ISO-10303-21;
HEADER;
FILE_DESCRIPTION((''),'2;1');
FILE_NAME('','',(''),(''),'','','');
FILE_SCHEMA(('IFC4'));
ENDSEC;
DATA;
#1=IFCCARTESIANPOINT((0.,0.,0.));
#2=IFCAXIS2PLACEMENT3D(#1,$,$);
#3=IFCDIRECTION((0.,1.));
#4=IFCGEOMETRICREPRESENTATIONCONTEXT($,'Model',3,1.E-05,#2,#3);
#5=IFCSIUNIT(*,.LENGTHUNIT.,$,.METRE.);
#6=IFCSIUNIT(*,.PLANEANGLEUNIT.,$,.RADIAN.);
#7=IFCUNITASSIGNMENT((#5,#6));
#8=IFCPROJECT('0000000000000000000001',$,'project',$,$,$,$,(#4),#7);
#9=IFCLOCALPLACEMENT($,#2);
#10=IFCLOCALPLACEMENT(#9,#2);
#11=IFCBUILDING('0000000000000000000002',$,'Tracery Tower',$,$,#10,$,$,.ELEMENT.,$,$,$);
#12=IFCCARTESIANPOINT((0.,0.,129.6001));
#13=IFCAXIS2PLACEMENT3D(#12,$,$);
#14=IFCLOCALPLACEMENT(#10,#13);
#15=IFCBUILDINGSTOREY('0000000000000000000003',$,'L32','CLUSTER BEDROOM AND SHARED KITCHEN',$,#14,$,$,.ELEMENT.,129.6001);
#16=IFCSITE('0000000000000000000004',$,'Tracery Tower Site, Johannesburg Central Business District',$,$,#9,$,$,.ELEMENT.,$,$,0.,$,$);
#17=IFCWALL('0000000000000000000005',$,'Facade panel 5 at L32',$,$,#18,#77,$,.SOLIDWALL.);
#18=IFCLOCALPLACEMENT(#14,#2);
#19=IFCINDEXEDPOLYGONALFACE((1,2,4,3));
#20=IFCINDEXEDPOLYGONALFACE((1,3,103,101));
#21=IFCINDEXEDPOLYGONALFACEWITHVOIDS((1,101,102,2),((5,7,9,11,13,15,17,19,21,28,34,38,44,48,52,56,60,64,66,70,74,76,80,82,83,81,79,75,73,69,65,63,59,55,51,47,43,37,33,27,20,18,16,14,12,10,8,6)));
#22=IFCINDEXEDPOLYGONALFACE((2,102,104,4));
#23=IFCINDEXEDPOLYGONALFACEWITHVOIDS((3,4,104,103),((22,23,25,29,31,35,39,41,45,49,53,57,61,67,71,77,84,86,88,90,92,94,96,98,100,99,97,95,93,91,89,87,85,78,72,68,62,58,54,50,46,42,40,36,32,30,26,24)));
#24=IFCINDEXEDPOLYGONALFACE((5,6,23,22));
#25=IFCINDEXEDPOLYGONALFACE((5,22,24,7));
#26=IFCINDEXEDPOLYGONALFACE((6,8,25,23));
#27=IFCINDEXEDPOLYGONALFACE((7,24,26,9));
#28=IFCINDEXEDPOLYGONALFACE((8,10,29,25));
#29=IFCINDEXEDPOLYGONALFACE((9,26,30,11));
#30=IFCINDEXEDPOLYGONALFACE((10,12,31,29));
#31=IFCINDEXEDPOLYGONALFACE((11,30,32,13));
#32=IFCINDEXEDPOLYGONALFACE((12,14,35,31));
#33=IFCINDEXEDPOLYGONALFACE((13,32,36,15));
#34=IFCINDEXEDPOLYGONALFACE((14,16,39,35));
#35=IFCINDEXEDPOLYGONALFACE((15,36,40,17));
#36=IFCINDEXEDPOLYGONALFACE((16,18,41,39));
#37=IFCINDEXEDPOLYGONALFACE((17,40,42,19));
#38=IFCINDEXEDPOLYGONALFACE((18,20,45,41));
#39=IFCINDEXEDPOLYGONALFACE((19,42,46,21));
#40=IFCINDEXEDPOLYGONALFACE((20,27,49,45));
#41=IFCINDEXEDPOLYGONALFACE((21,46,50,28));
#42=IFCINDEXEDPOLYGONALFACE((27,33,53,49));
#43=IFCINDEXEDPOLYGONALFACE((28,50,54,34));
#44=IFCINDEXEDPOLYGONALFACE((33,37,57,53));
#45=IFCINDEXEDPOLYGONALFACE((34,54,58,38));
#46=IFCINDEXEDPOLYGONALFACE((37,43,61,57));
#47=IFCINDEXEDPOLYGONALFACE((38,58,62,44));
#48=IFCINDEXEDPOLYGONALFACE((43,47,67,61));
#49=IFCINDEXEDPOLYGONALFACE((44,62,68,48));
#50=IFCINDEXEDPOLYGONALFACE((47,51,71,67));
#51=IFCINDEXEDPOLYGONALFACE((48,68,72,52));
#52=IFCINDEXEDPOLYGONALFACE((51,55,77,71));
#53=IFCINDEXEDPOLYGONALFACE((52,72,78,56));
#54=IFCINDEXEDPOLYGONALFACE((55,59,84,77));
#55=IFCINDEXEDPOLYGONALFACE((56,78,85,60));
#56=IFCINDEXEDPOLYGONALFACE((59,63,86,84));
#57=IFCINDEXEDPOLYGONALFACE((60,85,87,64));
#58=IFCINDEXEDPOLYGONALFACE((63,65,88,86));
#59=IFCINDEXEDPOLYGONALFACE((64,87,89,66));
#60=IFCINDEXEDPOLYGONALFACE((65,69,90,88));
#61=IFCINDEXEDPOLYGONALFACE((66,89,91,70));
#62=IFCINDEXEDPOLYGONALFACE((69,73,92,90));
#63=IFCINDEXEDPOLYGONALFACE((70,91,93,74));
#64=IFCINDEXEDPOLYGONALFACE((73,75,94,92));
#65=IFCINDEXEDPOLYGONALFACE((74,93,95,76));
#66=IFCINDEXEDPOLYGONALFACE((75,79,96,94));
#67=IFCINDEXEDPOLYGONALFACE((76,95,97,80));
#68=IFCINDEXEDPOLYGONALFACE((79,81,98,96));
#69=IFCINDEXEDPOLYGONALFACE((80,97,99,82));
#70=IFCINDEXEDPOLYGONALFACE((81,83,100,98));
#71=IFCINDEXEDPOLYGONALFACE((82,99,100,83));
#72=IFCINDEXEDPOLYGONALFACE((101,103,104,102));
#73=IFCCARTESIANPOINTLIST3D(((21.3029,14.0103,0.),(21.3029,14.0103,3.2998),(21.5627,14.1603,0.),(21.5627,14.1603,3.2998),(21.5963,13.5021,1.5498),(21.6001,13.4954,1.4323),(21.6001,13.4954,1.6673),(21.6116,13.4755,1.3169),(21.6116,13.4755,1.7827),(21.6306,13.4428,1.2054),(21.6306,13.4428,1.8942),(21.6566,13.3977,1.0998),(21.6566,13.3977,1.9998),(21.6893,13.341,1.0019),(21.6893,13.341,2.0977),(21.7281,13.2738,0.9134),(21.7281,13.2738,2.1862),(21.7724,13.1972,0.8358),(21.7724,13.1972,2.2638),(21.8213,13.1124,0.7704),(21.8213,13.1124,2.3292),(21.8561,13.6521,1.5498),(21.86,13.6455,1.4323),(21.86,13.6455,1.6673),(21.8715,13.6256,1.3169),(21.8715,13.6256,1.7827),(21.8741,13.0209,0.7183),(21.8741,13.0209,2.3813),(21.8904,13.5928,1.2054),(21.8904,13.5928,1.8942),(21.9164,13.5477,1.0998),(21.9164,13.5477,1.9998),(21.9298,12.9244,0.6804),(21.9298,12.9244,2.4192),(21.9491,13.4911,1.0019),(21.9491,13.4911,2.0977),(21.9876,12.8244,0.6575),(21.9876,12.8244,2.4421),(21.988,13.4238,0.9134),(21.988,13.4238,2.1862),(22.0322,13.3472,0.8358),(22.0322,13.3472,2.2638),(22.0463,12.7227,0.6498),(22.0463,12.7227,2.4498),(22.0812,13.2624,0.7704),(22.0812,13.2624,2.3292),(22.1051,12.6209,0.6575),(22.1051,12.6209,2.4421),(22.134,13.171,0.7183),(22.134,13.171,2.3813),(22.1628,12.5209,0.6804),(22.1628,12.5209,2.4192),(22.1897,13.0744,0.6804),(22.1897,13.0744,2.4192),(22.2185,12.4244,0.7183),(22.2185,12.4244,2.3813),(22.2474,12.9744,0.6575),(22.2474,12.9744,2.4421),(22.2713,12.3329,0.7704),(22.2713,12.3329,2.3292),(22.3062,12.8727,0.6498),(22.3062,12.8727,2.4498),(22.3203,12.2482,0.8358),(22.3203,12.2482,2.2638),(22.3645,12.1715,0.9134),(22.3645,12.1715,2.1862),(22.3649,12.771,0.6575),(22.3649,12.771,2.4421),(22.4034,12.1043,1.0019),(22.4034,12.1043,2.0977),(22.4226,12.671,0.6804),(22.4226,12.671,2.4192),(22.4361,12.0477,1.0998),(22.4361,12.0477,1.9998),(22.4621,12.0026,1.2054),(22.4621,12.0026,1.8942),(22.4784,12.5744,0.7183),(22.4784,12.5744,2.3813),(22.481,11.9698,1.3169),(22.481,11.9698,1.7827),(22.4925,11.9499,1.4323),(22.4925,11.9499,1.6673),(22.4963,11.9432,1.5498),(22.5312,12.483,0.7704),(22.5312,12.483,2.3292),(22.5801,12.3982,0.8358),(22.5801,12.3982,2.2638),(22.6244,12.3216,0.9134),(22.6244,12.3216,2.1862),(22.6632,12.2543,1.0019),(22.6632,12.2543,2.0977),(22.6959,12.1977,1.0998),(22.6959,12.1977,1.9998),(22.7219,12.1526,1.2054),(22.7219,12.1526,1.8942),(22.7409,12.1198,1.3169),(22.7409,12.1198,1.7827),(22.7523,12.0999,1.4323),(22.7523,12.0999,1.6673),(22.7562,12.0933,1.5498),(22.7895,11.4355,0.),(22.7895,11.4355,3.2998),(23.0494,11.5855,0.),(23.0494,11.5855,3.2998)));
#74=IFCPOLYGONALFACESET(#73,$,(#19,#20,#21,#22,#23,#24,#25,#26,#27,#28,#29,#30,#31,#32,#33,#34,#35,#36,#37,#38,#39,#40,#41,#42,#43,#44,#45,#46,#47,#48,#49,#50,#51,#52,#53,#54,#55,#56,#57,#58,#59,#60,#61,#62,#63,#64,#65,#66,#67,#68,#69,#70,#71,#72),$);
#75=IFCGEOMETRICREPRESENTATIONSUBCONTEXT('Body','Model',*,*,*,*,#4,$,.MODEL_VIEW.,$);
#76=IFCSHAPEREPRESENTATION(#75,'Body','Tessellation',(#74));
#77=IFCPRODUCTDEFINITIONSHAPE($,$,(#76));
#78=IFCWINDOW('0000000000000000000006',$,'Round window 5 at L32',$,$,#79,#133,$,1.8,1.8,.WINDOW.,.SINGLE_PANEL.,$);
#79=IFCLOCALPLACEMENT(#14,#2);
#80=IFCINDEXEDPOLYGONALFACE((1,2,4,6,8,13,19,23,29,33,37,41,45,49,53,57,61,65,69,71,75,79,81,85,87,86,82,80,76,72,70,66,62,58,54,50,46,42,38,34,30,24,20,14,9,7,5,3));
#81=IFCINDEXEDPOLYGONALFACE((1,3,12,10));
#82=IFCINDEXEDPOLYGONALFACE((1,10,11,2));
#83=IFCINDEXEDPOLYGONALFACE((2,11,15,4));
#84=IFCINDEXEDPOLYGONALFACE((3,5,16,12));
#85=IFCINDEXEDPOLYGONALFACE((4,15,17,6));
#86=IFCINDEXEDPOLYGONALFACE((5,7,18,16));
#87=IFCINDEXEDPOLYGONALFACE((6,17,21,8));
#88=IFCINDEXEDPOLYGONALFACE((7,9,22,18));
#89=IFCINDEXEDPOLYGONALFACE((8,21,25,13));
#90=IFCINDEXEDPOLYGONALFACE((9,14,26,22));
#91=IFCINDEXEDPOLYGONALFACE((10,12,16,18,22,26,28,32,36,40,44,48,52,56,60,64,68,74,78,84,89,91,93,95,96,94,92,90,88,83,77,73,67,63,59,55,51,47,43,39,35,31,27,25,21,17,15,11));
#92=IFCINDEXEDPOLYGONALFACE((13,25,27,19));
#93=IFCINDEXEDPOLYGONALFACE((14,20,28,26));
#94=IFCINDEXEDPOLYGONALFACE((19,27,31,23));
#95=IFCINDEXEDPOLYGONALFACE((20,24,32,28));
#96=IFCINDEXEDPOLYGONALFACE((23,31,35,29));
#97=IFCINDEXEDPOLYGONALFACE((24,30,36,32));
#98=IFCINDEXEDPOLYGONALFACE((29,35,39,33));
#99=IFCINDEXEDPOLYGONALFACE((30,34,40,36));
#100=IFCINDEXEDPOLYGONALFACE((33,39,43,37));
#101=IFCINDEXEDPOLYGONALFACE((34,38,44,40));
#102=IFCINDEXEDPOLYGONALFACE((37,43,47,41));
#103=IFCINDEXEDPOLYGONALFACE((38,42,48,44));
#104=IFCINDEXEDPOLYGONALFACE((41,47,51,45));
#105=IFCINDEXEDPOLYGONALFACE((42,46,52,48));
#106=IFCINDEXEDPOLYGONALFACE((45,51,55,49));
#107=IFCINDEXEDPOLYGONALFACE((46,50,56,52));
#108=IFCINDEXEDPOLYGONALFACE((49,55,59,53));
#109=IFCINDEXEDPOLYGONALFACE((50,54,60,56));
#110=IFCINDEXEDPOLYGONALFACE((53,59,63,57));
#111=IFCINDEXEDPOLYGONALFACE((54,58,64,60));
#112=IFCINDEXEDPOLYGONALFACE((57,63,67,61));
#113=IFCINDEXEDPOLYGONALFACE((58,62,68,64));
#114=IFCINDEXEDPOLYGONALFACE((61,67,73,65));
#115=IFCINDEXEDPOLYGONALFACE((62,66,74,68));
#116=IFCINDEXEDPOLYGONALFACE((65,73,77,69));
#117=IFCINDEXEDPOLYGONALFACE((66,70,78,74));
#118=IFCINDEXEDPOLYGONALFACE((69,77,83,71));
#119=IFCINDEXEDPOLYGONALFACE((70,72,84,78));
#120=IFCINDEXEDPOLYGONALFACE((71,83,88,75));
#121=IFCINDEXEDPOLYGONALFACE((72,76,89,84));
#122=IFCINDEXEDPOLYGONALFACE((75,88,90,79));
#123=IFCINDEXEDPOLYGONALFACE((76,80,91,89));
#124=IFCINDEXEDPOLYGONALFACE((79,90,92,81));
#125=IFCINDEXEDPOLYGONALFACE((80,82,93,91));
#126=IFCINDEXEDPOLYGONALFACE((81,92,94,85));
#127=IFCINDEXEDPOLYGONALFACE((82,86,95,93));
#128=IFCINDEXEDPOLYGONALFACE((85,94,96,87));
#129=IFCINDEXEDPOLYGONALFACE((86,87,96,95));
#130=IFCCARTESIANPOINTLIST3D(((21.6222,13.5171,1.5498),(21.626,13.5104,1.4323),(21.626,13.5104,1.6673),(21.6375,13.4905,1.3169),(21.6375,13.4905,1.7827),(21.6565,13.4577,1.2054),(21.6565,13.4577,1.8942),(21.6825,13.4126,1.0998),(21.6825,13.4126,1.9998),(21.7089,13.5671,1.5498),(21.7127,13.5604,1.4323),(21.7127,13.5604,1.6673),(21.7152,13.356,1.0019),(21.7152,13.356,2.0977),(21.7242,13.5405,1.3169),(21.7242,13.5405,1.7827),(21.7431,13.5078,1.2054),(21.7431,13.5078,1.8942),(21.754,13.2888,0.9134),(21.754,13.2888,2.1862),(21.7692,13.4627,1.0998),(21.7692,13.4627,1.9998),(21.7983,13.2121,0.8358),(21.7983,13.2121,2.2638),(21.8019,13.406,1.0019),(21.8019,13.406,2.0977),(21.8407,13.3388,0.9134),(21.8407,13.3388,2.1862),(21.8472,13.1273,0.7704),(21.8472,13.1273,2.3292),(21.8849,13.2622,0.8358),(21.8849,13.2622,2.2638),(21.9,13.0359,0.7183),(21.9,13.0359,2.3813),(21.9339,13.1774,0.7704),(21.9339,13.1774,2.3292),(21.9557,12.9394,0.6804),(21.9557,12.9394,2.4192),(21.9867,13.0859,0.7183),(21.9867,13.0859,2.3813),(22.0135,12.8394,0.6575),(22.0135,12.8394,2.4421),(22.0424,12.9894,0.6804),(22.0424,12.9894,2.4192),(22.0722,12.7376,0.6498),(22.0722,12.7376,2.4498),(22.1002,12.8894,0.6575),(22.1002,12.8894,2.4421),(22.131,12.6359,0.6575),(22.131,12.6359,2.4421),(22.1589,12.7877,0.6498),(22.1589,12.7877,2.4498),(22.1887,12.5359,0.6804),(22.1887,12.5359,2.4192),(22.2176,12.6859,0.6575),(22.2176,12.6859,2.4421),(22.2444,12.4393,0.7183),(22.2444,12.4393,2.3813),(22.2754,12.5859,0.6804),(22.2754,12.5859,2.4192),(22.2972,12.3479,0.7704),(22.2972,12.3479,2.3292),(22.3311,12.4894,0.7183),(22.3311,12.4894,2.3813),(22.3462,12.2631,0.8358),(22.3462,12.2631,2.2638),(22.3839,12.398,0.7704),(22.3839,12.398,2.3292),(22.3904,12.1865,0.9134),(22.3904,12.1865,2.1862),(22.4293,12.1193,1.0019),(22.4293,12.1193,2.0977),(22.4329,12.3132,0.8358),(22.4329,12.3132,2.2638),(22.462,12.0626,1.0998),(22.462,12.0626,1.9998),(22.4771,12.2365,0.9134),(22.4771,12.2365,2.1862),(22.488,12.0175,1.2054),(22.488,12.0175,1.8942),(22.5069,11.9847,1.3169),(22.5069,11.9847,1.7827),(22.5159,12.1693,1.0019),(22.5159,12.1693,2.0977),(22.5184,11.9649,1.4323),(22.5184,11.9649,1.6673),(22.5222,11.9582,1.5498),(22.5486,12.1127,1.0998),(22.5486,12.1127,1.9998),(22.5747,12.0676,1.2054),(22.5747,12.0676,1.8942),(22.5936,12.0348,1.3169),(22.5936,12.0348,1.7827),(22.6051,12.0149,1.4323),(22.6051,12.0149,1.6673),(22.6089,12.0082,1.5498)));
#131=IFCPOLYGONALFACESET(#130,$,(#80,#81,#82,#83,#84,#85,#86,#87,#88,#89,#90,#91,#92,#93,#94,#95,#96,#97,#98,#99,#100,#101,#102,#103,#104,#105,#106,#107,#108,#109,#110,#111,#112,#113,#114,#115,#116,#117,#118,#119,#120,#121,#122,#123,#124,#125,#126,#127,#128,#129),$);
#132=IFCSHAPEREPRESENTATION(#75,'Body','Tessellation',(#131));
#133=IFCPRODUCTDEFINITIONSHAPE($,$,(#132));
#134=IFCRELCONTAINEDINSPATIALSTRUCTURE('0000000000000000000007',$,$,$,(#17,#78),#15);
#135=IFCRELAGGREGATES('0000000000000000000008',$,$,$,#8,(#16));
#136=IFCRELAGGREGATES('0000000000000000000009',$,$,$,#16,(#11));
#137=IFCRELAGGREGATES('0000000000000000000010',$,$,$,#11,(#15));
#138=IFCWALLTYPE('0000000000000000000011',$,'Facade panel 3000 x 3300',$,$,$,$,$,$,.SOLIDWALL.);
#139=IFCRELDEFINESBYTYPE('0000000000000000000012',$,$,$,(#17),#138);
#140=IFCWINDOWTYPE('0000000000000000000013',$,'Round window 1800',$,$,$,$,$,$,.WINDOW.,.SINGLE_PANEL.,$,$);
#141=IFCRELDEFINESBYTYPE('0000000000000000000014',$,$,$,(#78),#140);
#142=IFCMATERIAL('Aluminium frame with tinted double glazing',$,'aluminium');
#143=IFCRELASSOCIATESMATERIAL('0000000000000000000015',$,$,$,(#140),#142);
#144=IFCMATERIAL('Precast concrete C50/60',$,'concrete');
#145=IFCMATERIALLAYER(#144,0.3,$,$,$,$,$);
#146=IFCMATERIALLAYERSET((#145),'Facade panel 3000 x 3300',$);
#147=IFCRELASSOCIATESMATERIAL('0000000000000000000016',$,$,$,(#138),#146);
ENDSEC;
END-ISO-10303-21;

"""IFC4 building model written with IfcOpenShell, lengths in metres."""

from ifc_helpers import new_model, si_unit, direction, frame, frame_2d, origin, origin_2d, place, context, subcontext, project, spatial, rectangle, circle, extrude, material, layer, layer_set, type_object, element, fill, save


model = new_model("IFC4")

# Units and contexts
model_context = context("Model", 3, precision=1e-05, world=origin(), true_north=direction((0.0, 1.0)))
body_context = subcontext(model_context, "Body", "Model", "MODEL_VIEW")
ifc_project = project(units=[si_unit("LENGTHUNIT", "METRE"), si_unit("PLANEANGLEUNIT", "RADIAN")], contexts=[model_context])

# Site, building, storey
site_placement = place(None, origin())
site = spatial("IfcSite", under=ifc_project, at=site_placement, Name="Tracery Tower Site, Johannesburg Central Business District", CompositionType="ELEMENT", RefElevation=0.0)
building_placement = place(site_placement, origin())
building = spatial("IfcBuilding", under=site, at=building_placement, Name="Tracery Tower", CompositionType="ELEMENT")
storey_placement = place(building_placement, frame((0.0, 0.0, 129.6001)))
storey = spatial("IfcBuildingStorey", under=building, at=storey_placement, Name="L32", Description="CLUSTER BEDROOM AND SHARED KITCHEN", CompositionType="ELEMENT", Elevation=129.6001)

# Wall, opening, window
ifc_material_1 = material(Name="Aluminium frame with tinted double glazing", Category="aluminium")
window_type = type_object("IfcWindowType", Name="Round window 1800", PartitioningType="SINGLE_PANEL", PredefinedType="WINDOW", material=ifc_material_1)
ifc_material_2 = material(Name="Precast concrete C50/60", Category="concrete")
ifc_layer_1 = layer(ifc_material_2, 0.3)
ifc_layer_set_1 = layer_set([ifc_layer_1], Name="Facade panel 3000 x 3300")
wall_type_1 = type_object("IfcWallType", Name="Facade panel 3000 x 3300", PredefinedType="SOLIDWALL", material=ifc_layer_set_1)
wall_1_placement = place(storey_placement, frame((22.9194, 11.5105, 0.0), z_axis=(0.0, 0.0, 1.0), x_axis=(-0.500016, 0.866016, 0.0)))
wall_1 = element("IfcWall", 1, at=wall_1_placement, inside=storey, type_object=wall_type_1, Name="Facade panel 5 at L32", PredefinedType="SOLIDWALL", context=body_context, shape_type="SweptSolid", body=[
    extrude(rectangle(XDim=2.9731, YDim=0.3, at=frame_2d((1.4866, 0.0))), origin(), (0.0, 0.0, 1.0), 3.2998),
])
opening_1_placement = place(wall_1_placement, frame((1.4863, 0.0, 1.5498)))
opening_1 = element("IfcOpeningElement", 2, at=opening_1_placement, cuts=wall_1, PredefinedType="OPENING", context=body_context, shape_type="SweptSolid", body=[
    extrude(circle(Radius=0.9, at=origin_2d()), frame((0.0, 0.1599, 0.0), z_axis=(0.0, -1.0, 0.0), x_axis=(1.0, 0.0, 0.0)), (0.0, 0.0, 1.0), 0.3201),
])
window_1_placement = place(opening_1_placement, origin())
window_1 = element("IfcWindow", 3, at=window_1_placement, inside=storey, type_object=window_type, Name="Round window 5 at L32", OverallHeight=1.8, OverallWidth=1.8, PartitioningType="SINGLE_PANEL", PredefinedType="WINDOW", context=body_context, shape_type="SweptSolid", body=[
    extrude(circle(Radius=0.9, at=origin_2d()), frame((0.0, 0.1201, 0.0), z_axis=(0.0, -1.0, 0.0), x_axis=(1.0, 0.0, 0.0)), (0.0, 0.0, 1.0), 0.1001),
])
fill(opening_1, window_1)

save(model, "model.ifc")
